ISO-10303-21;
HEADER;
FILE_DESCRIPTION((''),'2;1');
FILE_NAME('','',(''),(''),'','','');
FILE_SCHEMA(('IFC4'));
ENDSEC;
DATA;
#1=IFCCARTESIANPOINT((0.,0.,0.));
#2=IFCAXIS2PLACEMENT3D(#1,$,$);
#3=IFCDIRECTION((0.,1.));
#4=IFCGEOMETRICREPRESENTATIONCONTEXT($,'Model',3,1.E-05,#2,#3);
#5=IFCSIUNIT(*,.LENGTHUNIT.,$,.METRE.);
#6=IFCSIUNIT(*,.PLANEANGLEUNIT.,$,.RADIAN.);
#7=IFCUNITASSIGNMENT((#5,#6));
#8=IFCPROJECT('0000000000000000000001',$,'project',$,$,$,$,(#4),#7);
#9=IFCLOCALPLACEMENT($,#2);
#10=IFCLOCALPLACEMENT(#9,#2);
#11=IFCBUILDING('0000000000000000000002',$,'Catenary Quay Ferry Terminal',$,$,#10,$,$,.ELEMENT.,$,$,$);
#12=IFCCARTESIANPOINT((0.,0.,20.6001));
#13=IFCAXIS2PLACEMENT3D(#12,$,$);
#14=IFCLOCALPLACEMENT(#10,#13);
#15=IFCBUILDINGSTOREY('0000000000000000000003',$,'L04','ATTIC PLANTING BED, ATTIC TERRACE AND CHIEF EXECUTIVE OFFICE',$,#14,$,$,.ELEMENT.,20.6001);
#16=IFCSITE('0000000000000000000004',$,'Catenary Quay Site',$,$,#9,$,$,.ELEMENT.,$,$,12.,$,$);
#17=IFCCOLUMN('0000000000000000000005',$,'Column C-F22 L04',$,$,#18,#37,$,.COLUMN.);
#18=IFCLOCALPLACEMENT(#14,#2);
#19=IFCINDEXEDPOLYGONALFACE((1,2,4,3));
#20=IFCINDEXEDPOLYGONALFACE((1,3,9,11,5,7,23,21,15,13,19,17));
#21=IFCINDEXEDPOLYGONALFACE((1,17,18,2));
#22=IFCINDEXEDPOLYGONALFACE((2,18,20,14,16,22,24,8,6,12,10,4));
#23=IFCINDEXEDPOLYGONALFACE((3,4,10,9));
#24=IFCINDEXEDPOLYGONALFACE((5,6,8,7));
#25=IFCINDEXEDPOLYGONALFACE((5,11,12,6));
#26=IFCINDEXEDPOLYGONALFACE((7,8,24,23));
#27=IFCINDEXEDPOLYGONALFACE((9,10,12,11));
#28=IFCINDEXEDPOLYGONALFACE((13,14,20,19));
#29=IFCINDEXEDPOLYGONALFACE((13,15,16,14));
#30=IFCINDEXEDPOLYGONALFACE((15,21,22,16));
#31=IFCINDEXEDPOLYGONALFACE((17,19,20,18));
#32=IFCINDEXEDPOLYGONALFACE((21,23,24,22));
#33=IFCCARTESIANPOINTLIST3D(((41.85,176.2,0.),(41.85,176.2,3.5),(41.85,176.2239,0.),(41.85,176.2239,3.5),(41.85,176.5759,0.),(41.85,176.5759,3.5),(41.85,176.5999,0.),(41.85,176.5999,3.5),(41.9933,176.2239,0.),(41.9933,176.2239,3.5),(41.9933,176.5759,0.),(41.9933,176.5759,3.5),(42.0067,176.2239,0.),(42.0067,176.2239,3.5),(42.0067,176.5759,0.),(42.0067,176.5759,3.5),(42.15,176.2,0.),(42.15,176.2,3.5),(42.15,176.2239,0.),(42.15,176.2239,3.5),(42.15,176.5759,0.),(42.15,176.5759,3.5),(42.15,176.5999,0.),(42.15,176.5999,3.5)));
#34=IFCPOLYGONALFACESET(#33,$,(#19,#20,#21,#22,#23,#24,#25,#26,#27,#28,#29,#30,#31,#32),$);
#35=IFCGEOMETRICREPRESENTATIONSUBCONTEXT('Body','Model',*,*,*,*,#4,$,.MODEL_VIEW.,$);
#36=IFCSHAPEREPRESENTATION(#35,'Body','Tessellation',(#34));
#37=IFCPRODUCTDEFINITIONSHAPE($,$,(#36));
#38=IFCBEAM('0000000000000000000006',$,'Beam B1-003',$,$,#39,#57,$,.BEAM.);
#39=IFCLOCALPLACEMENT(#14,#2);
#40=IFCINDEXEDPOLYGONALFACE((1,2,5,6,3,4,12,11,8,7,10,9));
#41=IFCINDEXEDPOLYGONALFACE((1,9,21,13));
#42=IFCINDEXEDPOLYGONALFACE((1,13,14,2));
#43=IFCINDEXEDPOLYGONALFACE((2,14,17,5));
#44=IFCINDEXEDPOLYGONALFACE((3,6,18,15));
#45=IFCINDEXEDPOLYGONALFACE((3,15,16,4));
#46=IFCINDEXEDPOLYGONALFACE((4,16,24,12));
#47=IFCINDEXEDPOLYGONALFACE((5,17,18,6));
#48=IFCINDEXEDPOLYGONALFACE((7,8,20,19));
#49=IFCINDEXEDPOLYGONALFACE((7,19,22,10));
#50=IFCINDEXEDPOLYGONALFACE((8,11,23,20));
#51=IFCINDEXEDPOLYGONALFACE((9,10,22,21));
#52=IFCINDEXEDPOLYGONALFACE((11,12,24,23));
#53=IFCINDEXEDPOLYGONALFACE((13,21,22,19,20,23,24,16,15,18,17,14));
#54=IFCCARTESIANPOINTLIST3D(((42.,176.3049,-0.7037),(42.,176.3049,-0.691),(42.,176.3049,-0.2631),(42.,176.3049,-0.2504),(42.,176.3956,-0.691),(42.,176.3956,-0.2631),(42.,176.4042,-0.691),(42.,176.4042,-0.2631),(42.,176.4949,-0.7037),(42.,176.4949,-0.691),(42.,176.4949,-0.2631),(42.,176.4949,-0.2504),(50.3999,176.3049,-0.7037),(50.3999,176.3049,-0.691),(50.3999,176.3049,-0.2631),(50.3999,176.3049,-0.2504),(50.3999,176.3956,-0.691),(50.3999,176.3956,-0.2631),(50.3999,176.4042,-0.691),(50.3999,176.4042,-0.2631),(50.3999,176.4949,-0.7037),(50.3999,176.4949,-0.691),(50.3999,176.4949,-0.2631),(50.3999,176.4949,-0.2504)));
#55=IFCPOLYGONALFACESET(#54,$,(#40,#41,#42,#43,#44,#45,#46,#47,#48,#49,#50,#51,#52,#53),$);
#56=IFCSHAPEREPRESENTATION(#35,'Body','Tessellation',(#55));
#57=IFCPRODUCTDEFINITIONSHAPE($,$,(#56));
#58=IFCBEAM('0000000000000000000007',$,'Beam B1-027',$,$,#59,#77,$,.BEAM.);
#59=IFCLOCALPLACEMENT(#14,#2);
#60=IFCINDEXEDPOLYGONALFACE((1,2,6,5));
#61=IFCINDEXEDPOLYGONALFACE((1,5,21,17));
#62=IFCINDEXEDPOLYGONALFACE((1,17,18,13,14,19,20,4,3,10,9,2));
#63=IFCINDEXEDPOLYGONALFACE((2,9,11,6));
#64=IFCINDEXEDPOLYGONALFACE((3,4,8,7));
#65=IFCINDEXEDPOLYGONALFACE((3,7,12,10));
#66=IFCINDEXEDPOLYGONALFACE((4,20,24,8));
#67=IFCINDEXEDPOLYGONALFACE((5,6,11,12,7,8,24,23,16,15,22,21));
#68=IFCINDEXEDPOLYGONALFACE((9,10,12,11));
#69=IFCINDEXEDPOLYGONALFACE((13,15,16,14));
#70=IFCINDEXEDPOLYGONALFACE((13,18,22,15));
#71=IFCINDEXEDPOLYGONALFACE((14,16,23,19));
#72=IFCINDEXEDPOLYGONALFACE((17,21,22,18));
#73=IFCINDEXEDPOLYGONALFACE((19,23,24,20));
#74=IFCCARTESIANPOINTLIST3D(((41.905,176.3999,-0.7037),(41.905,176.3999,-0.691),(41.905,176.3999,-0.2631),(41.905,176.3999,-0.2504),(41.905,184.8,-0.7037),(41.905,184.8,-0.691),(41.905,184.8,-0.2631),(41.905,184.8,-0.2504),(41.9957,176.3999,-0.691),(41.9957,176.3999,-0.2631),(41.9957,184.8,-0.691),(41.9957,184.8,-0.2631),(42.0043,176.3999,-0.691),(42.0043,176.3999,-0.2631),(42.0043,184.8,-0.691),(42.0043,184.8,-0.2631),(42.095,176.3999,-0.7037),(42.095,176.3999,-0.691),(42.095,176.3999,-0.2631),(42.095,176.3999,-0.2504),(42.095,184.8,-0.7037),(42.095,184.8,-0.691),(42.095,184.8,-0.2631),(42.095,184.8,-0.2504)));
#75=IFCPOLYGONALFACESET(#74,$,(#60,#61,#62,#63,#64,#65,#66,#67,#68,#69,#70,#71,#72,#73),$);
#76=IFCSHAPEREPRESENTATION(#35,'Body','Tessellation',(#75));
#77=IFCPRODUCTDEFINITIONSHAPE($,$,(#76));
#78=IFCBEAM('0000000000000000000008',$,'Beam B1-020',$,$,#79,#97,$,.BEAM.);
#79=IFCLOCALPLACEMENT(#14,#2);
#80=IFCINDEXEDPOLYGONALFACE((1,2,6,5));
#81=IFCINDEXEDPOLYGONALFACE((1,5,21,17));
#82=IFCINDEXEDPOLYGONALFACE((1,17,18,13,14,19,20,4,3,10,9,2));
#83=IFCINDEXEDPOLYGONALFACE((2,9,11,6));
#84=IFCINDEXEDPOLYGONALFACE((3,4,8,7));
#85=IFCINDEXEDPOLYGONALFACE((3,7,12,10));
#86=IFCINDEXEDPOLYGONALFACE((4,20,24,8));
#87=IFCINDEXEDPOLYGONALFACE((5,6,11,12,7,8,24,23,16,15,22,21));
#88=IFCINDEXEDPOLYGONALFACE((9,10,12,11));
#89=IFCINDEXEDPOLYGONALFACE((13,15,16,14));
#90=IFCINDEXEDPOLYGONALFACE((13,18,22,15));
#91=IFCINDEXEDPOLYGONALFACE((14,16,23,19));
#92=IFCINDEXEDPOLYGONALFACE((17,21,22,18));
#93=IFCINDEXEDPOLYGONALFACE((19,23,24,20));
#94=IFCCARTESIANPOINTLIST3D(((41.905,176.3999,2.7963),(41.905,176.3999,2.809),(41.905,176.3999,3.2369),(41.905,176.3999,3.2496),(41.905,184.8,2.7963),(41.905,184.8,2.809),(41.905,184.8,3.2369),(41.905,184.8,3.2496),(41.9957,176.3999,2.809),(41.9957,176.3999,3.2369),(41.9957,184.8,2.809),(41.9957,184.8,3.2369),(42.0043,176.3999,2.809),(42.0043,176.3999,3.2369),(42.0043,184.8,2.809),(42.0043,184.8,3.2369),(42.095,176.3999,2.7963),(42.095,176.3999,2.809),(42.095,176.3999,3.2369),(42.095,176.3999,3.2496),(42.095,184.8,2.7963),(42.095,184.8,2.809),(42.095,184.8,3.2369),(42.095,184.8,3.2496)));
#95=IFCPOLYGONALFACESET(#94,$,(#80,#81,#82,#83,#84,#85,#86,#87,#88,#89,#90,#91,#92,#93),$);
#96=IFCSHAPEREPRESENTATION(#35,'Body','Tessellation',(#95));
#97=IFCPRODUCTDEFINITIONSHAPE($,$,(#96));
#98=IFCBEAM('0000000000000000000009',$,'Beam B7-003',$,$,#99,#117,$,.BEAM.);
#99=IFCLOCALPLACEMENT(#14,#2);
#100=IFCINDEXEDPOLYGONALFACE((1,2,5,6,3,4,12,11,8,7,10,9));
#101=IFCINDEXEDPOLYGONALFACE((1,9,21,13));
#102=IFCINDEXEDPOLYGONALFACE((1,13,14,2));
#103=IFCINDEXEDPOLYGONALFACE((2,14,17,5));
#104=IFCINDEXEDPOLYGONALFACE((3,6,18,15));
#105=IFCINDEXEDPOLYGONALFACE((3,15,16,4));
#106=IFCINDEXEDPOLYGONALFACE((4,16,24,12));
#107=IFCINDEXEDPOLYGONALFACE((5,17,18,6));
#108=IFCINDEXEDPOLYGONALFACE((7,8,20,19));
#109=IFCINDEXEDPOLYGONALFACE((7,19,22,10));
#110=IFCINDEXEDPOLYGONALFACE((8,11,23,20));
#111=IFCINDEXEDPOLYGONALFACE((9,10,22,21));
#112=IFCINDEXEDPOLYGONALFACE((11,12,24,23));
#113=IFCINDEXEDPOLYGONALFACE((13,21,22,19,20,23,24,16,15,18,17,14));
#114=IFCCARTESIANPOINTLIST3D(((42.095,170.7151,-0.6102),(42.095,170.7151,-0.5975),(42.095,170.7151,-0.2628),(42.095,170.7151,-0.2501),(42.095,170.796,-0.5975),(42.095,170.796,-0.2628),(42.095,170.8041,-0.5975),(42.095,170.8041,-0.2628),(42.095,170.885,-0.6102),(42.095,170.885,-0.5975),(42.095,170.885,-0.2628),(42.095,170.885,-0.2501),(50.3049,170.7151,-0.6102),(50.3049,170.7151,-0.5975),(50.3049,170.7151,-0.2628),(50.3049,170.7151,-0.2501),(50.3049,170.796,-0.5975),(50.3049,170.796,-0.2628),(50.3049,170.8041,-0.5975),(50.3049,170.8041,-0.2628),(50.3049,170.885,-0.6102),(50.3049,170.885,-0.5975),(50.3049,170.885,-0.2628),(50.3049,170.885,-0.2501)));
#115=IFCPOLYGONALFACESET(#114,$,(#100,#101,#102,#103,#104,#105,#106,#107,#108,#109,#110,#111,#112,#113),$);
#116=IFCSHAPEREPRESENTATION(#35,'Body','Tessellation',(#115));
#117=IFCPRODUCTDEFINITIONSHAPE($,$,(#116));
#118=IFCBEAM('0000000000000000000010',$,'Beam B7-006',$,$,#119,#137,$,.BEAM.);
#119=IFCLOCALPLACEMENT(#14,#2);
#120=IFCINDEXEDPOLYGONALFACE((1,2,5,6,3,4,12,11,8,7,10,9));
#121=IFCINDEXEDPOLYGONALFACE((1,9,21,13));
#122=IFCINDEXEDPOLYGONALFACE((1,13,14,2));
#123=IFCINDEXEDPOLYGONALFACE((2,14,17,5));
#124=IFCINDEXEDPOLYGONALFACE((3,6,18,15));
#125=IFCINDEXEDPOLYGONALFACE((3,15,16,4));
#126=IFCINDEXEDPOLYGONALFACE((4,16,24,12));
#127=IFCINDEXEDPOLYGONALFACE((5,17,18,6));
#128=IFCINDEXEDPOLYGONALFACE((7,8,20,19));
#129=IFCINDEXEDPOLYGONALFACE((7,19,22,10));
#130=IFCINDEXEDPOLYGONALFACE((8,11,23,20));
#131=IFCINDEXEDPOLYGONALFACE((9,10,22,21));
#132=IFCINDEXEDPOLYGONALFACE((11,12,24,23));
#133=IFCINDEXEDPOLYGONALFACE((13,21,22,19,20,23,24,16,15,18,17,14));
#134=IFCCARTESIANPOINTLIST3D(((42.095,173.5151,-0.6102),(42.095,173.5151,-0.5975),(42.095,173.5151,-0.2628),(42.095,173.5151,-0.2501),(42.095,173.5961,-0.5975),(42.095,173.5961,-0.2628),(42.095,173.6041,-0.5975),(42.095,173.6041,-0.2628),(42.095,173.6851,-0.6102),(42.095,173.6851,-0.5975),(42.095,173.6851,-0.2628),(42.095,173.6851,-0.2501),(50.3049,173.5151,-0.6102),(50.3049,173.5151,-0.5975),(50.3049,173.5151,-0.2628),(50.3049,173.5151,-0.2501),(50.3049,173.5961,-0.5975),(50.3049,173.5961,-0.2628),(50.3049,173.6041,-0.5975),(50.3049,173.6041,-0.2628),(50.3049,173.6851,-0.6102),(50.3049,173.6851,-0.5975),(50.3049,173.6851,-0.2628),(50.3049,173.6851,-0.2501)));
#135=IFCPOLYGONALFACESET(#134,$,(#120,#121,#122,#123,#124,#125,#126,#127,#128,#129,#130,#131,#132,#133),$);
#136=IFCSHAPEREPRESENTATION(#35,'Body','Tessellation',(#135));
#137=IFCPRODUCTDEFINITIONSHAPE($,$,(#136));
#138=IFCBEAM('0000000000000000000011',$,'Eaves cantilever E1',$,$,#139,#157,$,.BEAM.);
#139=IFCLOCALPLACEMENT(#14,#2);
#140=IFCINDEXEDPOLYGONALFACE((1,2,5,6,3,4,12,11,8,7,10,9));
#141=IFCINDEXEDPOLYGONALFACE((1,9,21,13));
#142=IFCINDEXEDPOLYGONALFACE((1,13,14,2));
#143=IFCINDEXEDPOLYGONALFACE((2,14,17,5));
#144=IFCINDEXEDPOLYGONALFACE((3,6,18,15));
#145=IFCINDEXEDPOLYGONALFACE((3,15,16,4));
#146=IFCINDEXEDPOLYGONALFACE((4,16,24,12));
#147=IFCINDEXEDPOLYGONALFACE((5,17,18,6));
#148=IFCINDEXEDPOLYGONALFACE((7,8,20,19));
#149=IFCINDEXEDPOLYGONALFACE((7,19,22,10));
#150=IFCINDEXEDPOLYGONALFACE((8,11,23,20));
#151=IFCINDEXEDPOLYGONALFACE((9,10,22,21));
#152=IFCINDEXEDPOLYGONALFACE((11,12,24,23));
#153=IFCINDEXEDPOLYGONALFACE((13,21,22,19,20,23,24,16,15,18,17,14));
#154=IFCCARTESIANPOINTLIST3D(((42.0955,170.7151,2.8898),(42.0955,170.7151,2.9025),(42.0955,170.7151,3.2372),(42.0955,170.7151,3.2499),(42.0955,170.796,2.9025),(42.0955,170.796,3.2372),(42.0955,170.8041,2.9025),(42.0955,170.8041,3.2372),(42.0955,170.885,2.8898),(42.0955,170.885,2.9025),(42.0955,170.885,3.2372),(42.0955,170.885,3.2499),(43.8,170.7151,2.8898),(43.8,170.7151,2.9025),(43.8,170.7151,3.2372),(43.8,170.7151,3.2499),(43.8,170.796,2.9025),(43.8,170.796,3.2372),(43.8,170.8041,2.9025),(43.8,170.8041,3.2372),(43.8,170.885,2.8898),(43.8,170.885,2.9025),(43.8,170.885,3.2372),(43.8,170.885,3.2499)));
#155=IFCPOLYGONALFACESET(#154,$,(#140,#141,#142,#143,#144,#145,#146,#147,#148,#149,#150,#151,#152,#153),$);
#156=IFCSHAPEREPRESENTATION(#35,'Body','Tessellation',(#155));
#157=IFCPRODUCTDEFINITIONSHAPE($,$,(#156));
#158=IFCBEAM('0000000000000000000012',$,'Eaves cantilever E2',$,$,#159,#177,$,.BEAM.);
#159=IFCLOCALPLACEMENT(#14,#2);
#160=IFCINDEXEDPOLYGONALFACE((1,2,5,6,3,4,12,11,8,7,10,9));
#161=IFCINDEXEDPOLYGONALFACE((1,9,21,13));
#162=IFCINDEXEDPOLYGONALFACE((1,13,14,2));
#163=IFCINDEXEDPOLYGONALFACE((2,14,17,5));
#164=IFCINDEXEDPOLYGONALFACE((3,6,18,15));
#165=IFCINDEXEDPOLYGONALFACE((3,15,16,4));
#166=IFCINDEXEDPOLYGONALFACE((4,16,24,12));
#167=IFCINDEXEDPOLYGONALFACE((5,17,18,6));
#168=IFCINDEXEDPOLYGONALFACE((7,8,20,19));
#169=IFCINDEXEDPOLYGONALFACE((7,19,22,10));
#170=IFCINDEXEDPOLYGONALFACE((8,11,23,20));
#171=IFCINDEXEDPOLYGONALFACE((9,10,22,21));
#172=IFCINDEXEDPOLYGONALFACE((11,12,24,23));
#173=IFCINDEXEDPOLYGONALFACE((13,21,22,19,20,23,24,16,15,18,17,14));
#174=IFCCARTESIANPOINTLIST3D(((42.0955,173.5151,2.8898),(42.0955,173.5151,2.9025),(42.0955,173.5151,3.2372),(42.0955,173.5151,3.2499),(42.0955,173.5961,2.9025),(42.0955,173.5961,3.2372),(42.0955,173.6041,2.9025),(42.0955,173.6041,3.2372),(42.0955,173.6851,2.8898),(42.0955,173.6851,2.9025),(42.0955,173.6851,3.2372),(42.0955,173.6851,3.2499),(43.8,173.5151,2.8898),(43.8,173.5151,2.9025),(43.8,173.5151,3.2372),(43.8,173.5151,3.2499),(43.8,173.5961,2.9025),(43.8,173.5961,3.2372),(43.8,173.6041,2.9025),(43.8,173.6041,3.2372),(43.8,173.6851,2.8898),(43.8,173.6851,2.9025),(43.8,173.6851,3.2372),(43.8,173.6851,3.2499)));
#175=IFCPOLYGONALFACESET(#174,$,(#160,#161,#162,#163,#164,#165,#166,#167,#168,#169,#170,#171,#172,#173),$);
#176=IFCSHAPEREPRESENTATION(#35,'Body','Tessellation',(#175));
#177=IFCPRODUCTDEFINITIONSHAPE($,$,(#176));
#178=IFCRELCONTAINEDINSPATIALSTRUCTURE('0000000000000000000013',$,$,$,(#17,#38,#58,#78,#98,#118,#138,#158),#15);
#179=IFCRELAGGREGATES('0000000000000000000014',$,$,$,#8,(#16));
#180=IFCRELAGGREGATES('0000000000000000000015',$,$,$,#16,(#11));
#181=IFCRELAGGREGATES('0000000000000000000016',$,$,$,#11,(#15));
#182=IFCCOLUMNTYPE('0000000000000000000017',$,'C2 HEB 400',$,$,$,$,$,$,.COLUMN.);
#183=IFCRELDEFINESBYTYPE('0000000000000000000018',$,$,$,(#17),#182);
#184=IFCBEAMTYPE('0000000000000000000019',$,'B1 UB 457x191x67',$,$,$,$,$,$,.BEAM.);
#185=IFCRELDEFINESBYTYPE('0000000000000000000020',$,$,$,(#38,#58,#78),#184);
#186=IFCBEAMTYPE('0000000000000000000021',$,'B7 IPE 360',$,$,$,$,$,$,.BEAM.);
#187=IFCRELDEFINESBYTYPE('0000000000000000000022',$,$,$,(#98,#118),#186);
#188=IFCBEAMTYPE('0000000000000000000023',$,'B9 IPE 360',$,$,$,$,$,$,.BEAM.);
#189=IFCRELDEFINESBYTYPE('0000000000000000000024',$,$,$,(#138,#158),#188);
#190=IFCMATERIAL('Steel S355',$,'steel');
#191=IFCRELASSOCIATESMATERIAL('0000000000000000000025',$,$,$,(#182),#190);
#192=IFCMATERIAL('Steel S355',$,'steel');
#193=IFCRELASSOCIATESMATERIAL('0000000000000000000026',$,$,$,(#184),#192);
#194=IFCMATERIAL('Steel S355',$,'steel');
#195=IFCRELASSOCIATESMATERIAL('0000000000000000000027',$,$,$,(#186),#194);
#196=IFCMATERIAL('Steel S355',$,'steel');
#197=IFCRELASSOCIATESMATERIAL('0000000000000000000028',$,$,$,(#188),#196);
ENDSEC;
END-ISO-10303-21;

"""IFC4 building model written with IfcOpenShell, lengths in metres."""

from ifc_helpers import new_model, si_unit, direction, frame, origin, origin_2d, place, context, subcontext, project, spatial, i_section, extrude, material, material_profile, profile_set, type_object, element, save


model = new_model("IFC4")

# Units and contexts
model_context = context("Model", 3, precision=1e-05, world=origin(), true_north=direction((0.0, 1.0)))
body_context = subcontext(model_context, "Body", "Model", "MODEL_VIEW")
ifc_project = project(units=[si_unit("LENGTHUNIT", "METRE"), si_unit("PLANEANGLEUNIT", "RADIAN")], contexts=[model_context])

# Site, building, storey
site_placement = place(None, origin())
site = spatial("IfcSite", under=ifc_project, at=site_placement, Name="Catenary Quay Site", CompositionType="ELEMENT", RefElevation=12.0)
building_placement = place(site_placement, origin())
building = spatial("IfcBuilding", under=site, at=building_placement, Name="Catenary Quay Ferry Terminal", CompositionType="ELEMENT")
storey_placement = place(building_placement, frame((0.0, 0.0, 20.6001)))
storey = spatial("IfcBuildingStorey", under=building, at=storey_placement, Name="L04", Description="ATTIC PLANTING BED, ATTIC TERRACE AND CHIEF EXECUTIVE OFFICE", CompositionType="ELEMENT", Elevation=20.6001)

# Column
ifc_material_1 = material(Name="Steel S355", Category="steel")
ifc_material_profile_1 = material_profile(ifc_material_1, i_section(OverallWidth=0.3, OverallDepth=0.3999, WebThickness=0.0134, FlangeThickness=0.0239, at=origin_2d()), Name="HEB 400")
ifc_profile_set_1 = profile_set([ifc_material_profile_1], Name="Steel S355")
column_type = type_object("IfcColumnType", Name="C2 HEB 400", PredefinedType="COLUMN", material=ifc_profile_set_1)
column_placement = place(storey_placement, frame((42.0, 176.3999, 0.0), z_axis=(0.0, 0.0, 1.0), x_axis=(1.0, 0.0, 0.0)))
element("IfcColumn", 1, at=column_placement, inside=storey, type_object=column_type, Name="Column C-F22 L04", PredefinedType="COLUMN", context=body_context, shape_type="SweptSolid", body=[
    extrude(i_section(OverallWidth=0.3, OverallDepth=0.3999, WebThickness=0.0134, FlangeThickness=0.0239, at=origin_2d()), origin(), (0.0, 0.0, 1.0), 3.5),
])

# Beams
ifc_material_2 = material(Name="Steel S355", Category="steel")
ifc_material_profile_2 = material_profile(ifc_material_2, i_section(OverallWidth=0.1899, OverallDepth=0.4534, WebThickness=0.0085, FlangeThickness=0.0127, at=origin_2d()), Name="UB 457x191x67")
ifc_profile_set_2 = profile_set([ifc_material_profile_2], Name="Steel S355")
beam_type_1 = type_object("IfcBeamType", Name="B1 UB 457x191x67", PredefinedType="BEAM", material=ifc_profile_set_2)
beam_placement = place(storey_placement, frame((42.0, 176.3999, -0.4771), z_axis=(1.0, 0.0, 0.0), x_axis=(0.0, 1.0, 0.0)))
element("IfcBeam", 2, at=beam_placement, inside=storey, type_object=beam_type_1, Name="Beam B1-003", PredefinedType="BEAM", context=body_context, shape_type="SweptSolid", body=[
    extrude(i_section(OverallWidth=0.1899, OverallDepth=0.4534, WebThickness=0.0085, FlangeThickness=0.0127, at=origin_2d()), origin(), (0.0, 0.0, 1.0), 8.3999),
])
for number, where, z_axis, x_axis, name in (
    (3, (42.0, 176.3999, -0.4771), (0.0, 1.0, 0.0), (-1.0, 0.0, 0.0), "Beam B1-027"),
    (4, (42.0, 176.3999, 3.0229), (0.0, 1.0, 0.0), (-1.0, 0.0, 0.0), "Beam B1-020"),
):
    element("IfcBeam", number, at=place(storey_placement, frame(where, z_axis=z_axis, x_axis=x_axis)), inside=storey, type_object=beam_type_1, Name=name, PredefinedType="BEAM", context=body_context, shape_type="SweptSolid", body=[
        extrude(i_section(OverallWidth=0.1899, OverallDepth=0.4534, WebThickness=0.0085, FlangeThickness=0.0127, at=origin_2d()), origin(), (0.0, 0.0, 1.0), 8.4001),
    ])
ifc_material_3 = material(Name="Steel S355", Category="steel")
ifc_material_profile_3 = material_profile(ifc_material_3, i_section(OverallWidth=0.1699, OverallDepth=0.3601, WebThickness=0.0081, FlangeThickness=0.0127, at=origin_2d()), Name="IPE 360")
ifc_profile_set_3 = profile_set([ifc_material_profile_3], Name="Steel S355")
beam_type_2 = type_object("IfcBeamType", Name="B7 IPE 360", PredefinedType="BEAM", material=ifc_profile_set_3)
for number, where, z_axis, x_axis, name in (
    (5, (42.095, 170.8, -0.4302), (1.0, 0.0, 0.0), (0.0, 1.0, 0.0), "Beam B7-003"),
    (6, (42.095, 173.6001, -0.4302), (1.0, 0.0, 0.0), (0.0, 1.0, 0.0), "Beam B7-006"),
):
    element("IfcBeam", number, at=place(storey_placement, frame(where, z_axis=z_axis, x_axis=x_axis)), inside=storey, type_object=beam_type_2, Name=name, PredefinedType="BEAM", context=body_context, shape_type="SweptSolid", body=[
        extrude(i_section(OverallWidth=0.1699, OverallDepth=0.3601, WebThickness=0.0081, FlangeThickness=0.0127, at=origin_2d()), origin(), (0.0, 0.0, 1.0), 8.21),
    ])
ifc_material_4 = material(Name="Steel S355", Category="steel")
ifc_material_profile_4 = material_profile(ifc_material_4, i_section(OverallWidth=0.1699, OverallDepth=0.3601, WebThickness=0.0081, FlangeThickness=0.0127, at=origin_2d()), Name="IPE 360")
ifc_profile_set_4 = profile_set([ifc_material_profile_4], Name="Steel S355")
beam_type_3 = type_object("IfcBeamType", Name="B9 IPE 360", PredefinedType="BEAM", material=ifc_profile_set_4)
for number, where, z_axis, x_axis, name in (
    (7, (42.0955, 170.8, 3.0698), (1.0, 0.0, 0.0), (0.0, 1.0, 0.0), "Eaves cantilever E1"),
    (8, (42.0955, 173.6001, 3.0698), (1.0, 0.0, 0.0), (0.0, 1.0, 0.0), "Eaves cantilever E2"),
):
    element("IfcBeam", number, at=place(storey_placement, frame(where, z_axis=z_axis, x_axis=x_axis)), inside=storey, type_object=beam_type_3, Name=name, PredefinedType="BEAM", context=body_context, shape_type="SweptSolid", body=[
        extrude(i_section(OverallWidth=0.1699, OverallDepth=0.3601, WebThickness=0.0081, FlangeThickness=0.0127, at=origin_2d()), origin(), (0.0, 0.0, 1.0), 1.7046),
    ])

save(model, "model.ifc")
